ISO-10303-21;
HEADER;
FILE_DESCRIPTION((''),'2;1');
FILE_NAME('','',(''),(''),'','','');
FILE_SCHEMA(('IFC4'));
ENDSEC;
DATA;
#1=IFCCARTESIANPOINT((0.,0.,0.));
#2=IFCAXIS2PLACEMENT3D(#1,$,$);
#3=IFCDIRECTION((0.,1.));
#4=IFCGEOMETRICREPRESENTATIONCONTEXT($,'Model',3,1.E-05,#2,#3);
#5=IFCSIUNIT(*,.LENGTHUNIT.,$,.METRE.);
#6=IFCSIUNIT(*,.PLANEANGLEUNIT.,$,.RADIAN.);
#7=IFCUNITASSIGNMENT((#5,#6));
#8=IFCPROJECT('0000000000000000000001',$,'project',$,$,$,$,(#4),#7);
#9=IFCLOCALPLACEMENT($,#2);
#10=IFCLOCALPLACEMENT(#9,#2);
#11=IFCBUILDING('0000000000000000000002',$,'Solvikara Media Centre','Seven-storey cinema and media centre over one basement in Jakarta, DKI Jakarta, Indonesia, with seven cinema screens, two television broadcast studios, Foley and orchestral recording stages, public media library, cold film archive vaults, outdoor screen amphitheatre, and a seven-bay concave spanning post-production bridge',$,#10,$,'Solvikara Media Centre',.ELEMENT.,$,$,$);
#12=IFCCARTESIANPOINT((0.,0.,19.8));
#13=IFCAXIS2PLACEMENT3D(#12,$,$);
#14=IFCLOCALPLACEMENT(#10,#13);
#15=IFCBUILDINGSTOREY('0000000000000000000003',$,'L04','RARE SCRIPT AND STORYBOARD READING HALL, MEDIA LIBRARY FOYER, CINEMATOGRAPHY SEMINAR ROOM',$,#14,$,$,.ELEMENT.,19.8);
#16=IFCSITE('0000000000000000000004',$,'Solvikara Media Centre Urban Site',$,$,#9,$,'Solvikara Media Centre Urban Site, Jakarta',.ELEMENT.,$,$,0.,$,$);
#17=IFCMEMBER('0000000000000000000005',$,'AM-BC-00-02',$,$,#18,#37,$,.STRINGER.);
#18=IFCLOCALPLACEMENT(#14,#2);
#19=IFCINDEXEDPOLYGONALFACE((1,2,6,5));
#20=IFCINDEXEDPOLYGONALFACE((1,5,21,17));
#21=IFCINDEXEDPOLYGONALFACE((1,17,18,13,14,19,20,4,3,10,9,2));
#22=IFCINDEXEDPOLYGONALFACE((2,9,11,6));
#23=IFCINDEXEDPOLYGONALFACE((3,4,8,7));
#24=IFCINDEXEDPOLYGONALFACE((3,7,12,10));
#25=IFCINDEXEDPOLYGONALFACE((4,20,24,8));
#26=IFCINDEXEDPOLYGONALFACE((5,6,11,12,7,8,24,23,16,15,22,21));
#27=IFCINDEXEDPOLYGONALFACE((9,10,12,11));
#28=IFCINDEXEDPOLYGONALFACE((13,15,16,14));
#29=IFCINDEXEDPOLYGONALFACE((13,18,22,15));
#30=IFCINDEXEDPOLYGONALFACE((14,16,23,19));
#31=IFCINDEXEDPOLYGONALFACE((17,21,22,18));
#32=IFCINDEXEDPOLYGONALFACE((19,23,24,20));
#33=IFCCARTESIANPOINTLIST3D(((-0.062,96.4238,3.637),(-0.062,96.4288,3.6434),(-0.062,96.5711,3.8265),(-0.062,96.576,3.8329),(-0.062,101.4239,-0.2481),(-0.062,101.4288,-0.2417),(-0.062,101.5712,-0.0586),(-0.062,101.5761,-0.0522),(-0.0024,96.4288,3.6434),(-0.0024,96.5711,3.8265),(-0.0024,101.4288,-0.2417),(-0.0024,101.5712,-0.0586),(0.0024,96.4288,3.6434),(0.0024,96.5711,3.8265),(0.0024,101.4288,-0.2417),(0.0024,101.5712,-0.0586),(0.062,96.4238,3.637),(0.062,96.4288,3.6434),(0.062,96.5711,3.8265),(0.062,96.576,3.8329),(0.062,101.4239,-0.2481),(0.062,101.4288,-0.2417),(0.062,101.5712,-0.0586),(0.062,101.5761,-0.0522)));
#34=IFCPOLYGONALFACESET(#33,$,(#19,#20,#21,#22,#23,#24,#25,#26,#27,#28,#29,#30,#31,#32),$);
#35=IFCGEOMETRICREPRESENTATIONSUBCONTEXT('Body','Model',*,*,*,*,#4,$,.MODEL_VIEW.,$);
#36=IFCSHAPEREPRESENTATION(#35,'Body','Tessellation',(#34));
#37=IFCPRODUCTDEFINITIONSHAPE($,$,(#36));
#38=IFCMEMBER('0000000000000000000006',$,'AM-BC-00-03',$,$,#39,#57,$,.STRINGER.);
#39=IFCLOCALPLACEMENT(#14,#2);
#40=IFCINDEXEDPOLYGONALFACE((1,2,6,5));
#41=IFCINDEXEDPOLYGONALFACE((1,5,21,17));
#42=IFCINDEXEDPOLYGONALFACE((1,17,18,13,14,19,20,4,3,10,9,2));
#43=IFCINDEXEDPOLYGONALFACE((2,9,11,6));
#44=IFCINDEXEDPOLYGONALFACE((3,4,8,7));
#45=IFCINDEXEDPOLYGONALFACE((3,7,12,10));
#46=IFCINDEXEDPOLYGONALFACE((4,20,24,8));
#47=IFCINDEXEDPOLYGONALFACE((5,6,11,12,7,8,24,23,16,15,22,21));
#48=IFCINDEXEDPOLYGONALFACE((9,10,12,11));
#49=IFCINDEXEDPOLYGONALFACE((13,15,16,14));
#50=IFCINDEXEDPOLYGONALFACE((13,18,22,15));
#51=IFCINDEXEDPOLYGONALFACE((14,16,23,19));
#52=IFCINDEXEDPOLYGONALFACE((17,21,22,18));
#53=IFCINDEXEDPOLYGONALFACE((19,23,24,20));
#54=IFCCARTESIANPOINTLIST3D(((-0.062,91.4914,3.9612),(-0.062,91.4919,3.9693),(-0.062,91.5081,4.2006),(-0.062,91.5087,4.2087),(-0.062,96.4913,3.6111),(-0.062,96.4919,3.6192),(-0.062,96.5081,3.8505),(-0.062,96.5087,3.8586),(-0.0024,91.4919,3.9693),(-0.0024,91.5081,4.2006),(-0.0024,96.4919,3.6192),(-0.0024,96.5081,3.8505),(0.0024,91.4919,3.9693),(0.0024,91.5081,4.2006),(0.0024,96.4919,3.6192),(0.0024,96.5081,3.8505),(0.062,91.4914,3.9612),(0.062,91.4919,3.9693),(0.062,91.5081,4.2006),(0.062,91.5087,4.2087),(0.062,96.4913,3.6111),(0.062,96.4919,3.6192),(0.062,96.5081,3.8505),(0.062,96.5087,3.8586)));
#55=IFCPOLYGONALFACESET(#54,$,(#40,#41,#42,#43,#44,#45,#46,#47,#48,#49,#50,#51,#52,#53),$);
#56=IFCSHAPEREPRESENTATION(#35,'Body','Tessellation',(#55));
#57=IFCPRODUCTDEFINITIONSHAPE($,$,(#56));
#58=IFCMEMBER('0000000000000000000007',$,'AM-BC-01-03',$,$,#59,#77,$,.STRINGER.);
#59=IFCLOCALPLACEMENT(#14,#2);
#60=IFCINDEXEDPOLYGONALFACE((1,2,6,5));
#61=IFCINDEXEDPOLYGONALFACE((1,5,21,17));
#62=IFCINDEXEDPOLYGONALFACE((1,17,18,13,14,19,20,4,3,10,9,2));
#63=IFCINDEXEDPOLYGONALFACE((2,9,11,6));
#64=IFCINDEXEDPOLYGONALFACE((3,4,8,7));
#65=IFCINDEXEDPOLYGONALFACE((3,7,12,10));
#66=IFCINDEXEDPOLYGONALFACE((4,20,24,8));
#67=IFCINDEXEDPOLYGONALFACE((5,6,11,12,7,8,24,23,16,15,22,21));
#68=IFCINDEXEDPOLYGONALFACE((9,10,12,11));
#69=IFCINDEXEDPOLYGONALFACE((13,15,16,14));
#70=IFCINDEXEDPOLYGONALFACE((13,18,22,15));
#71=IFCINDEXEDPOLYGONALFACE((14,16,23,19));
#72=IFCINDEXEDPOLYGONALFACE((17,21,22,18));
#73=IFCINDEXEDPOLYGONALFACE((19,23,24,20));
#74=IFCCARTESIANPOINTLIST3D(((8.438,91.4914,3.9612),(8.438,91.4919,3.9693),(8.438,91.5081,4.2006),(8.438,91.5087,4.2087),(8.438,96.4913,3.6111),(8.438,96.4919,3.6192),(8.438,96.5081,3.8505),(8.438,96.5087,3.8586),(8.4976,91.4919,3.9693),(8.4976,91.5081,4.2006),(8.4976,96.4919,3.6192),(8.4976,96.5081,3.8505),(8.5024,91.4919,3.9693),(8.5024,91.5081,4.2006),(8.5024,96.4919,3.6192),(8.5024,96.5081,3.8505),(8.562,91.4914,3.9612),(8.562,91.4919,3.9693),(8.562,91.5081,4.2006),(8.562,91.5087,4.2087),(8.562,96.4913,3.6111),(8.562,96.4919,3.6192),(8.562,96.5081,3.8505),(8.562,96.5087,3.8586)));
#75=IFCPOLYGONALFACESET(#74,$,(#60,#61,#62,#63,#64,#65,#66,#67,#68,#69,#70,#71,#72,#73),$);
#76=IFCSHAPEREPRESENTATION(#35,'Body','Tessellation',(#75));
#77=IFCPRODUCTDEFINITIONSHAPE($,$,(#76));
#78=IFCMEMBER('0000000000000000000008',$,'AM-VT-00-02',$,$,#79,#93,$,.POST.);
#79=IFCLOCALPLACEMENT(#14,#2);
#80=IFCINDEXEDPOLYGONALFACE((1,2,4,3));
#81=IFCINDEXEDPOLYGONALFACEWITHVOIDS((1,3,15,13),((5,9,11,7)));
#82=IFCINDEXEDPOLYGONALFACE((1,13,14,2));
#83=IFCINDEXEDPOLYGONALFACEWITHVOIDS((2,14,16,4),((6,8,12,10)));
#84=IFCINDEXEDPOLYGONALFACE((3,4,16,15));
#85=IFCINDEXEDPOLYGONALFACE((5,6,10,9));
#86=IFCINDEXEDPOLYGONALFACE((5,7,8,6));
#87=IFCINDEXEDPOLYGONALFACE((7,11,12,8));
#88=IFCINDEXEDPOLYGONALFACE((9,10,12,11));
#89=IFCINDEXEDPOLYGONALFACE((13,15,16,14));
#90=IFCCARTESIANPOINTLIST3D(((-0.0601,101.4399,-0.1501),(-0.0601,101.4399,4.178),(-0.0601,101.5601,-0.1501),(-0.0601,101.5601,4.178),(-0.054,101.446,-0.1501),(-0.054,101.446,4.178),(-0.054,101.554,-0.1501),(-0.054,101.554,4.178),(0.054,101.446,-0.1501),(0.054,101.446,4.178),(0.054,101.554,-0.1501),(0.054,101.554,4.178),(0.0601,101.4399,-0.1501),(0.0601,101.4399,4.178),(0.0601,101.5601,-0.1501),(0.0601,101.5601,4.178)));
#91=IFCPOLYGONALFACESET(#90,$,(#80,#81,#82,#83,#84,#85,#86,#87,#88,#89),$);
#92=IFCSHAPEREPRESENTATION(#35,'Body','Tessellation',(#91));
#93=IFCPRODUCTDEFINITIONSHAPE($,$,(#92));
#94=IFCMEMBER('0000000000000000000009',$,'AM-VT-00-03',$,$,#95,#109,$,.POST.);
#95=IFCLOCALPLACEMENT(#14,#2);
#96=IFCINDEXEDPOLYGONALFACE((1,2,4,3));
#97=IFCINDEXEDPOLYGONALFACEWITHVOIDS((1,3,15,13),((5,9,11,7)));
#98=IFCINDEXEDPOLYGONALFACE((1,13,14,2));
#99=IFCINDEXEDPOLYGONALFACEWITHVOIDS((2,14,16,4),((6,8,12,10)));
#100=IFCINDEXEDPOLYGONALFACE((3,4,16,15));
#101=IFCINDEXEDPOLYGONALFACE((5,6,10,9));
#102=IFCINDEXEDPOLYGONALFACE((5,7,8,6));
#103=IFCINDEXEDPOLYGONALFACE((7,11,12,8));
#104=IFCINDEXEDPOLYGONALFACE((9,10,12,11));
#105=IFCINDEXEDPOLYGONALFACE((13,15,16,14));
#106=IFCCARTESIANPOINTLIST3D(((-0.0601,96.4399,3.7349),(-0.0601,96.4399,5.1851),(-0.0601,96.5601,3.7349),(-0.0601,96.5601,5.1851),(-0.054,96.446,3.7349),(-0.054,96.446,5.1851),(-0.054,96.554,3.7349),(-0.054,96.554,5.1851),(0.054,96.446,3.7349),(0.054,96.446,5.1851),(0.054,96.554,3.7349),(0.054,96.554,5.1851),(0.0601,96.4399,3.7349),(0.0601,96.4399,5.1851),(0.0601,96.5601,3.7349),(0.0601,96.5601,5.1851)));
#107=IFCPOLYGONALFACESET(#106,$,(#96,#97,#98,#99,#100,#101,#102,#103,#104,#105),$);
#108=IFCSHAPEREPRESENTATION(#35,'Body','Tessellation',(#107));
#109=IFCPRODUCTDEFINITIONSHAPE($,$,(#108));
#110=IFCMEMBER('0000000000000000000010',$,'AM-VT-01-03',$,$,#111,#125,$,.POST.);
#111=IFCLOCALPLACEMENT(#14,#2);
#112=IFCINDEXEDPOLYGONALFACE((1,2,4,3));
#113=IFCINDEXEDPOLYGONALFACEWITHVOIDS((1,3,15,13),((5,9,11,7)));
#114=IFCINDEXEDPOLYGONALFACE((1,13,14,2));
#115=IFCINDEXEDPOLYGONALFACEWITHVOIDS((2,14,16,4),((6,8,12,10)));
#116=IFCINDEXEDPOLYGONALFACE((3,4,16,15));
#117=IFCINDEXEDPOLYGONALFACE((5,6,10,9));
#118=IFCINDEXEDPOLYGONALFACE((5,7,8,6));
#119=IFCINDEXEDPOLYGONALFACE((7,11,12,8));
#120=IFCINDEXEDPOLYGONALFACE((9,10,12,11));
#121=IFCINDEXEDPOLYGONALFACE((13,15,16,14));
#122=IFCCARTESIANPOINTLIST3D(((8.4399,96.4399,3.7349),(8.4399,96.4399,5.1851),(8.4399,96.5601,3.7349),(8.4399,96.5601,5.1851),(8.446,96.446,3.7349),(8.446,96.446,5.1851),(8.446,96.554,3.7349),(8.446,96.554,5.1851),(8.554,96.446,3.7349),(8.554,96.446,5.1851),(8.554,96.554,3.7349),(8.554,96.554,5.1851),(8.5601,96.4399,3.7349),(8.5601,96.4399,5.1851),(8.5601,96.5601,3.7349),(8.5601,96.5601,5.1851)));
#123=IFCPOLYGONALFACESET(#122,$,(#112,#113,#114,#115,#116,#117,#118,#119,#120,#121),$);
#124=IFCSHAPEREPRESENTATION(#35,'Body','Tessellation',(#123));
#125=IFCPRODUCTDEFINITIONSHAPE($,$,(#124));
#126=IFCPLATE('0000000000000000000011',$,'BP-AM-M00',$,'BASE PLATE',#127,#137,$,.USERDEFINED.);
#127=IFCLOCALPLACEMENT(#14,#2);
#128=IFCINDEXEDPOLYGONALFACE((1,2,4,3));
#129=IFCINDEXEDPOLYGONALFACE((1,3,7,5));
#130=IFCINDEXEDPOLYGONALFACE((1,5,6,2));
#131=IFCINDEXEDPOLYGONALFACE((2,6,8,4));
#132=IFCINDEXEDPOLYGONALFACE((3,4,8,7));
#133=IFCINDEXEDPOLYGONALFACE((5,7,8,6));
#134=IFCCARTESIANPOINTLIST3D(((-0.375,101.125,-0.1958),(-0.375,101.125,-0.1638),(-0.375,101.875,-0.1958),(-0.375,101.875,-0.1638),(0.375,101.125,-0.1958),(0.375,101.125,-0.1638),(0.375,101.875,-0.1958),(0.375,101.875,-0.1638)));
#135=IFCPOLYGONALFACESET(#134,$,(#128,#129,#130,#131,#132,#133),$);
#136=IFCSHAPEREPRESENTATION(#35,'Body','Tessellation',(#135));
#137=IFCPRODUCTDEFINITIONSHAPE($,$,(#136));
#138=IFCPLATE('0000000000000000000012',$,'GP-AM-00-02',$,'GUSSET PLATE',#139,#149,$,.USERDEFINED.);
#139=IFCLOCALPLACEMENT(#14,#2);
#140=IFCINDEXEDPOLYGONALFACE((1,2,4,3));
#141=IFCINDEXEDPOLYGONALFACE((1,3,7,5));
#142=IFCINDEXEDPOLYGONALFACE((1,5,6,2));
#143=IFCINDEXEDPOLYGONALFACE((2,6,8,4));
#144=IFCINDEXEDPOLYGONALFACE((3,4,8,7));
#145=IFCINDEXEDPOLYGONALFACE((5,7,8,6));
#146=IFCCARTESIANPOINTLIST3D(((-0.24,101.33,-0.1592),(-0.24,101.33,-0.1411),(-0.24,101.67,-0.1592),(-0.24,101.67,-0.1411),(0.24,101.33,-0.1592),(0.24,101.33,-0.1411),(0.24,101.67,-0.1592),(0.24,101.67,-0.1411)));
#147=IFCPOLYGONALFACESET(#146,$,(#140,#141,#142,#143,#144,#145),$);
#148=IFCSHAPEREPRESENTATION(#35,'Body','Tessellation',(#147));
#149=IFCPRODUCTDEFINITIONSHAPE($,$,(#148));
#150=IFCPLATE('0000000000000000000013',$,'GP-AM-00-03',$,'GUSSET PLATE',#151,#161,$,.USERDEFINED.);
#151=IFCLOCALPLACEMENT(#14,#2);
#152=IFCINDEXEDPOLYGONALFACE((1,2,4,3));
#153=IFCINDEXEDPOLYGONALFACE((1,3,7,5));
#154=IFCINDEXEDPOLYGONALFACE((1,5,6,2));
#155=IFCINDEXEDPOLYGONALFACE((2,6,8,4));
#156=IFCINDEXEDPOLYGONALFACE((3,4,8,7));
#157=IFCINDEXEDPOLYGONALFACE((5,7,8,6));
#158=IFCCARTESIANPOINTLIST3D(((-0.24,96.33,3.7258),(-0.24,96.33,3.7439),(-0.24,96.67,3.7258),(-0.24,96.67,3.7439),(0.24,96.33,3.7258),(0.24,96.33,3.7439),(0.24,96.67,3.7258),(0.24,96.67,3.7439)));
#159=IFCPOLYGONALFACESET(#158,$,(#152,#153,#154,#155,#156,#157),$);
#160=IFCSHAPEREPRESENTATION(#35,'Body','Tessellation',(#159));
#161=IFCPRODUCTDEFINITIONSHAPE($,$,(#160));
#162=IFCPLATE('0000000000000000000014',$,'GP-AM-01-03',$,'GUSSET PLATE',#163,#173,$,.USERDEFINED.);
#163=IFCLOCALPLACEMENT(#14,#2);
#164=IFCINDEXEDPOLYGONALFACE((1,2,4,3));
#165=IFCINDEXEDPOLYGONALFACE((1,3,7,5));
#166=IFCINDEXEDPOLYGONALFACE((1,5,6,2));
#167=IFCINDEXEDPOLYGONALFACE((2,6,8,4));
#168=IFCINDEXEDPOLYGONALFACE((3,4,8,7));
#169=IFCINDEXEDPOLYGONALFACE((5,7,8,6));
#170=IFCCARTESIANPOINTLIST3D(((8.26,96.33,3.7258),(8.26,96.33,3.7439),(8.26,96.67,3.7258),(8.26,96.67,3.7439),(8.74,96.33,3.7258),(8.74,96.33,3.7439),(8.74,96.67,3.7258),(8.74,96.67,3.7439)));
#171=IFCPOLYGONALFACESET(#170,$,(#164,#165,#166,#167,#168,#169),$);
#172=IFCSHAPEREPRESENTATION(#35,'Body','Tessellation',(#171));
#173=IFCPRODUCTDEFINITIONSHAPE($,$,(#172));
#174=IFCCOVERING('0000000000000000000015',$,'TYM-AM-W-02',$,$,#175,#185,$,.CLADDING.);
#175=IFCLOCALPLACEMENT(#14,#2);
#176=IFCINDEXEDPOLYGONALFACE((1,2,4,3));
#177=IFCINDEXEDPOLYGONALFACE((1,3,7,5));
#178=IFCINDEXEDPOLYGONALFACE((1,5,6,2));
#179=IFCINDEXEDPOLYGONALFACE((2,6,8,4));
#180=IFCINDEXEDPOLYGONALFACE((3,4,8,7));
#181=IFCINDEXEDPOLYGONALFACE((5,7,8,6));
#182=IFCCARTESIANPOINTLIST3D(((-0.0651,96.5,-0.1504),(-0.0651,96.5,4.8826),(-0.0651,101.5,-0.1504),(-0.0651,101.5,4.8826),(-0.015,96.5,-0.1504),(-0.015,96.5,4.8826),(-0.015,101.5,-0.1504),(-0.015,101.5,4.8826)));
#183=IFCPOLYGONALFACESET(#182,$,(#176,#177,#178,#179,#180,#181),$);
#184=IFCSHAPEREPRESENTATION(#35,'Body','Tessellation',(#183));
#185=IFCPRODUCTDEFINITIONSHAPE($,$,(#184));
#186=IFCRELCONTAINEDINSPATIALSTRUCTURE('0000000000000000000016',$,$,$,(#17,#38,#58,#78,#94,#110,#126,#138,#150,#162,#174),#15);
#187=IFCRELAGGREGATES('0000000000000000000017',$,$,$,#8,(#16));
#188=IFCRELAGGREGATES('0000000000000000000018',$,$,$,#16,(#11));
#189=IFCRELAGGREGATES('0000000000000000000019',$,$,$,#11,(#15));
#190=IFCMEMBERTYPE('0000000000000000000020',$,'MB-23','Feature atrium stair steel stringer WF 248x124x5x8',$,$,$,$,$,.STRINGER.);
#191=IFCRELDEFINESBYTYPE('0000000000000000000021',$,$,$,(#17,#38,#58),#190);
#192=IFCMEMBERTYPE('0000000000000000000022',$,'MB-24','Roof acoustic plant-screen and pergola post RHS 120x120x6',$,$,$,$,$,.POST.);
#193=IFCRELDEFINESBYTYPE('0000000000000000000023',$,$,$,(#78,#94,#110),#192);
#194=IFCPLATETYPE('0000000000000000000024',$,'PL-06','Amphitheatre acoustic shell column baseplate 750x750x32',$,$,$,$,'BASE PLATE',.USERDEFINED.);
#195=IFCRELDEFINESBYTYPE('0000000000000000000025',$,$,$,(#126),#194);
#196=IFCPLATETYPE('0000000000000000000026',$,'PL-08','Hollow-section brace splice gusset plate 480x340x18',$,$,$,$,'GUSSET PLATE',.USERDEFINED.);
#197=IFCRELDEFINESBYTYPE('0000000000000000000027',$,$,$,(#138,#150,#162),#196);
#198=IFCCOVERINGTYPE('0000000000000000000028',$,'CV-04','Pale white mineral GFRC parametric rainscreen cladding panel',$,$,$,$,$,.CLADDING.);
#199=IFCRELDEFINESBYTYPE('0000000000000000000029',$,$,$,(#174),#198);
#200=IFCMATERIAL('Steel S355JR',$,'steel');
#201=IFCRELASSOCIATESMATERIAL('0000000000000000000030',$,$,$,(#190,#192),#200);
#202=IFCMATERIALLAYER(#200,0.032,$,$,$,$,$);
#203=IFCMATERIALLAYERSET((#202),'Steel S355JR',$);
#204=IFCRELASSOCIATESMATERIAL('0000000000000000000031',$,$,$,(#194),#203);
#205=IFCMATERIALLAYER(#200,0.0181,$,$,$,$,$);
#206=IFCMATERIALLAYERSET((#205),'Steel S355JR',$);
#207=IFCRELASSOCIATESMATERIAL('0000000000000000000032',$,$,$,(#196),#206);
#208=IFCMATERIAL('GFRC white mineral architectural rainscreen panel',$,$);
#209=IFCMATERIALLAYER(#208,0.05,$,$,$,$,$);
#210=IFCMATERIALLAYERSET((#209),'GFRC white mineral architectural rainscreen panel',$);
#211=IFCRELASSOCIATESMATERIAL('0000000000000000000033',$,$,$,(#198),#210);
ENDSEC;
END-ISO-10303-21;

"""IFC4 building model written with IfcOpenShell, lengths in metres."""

from ifc_helpers import new_model, si_unit, direction, frame, origin, origin_2d, place, context, subcontext, project, spatial, rectangle, hollow_rectangle, i_section, extrude, material, layer, layer_set, material_profile, profile_set, type_object, element, save


model = new_model("IFC4")

# Units and contexts
model_context = context("Model", 3, precision=1e-05, world=origin(), true_north=direction((0.0, 1.0)))
body_context = subcontext(model_context, "Body", "Model", "MODEL_VIEW")
ifc_project = project(units=[si_unit("LENGTHUNIT", "METRE"), si_unit("PLANEANGLEUNIT", "RADIAN")], contexts=[model_context])

# Site, building, storey
site_placement = place(None, origin())
site = spatial("IfcSite", under=ifc_project, at=site_placement, Name="Solvikara Media Centre Urban Site", LongName="Solvikara Media Centre Urban Site, Jakarta", CompositionType="ELEMENT", RefElevation=0.0)
building_placement = place(site_placement, origin())
building = spatial("IfcBuilding", under=site, at=building_placement, Name="Solvikara Media Centre", Description="Seven-storey cinema and media centre over one basement in Jakarta, DKI Jakarta, Indonesia, with seven cinema screens, two television broadcast studios, Foley and orchestral recording stages, public media library, cold film archive vaults, outdoor screen amphitheatre, and a seven-bay concave spanning post-production bridge", LongName="Solvikara Media Centre", CompositionType="ELEMENT")
storey_placement = place(building_placement, frame((0.0, 0.0, 19.8)))
storey = spatial("IfcBuildingStorey", under=building, at=storey_placement, Name="L04", Description="RARE SCRIPT AND STORYBOARD READING HALL, MEDIA LIBRARY FOYER, CINEMATOGRAPHY SEMINAR ROOM", CompositionType="ELEMENT", Elevation=19.8)

# Shared definitions
ifc_material_1 = material(Name="Steel S355JR", Category="steel")

# Members
ifc_material_profile_1 = material_profile(ifc_material_1, i_section(OverallWidth=0.124, OverallDepth=0.248, WebThickness=0.0049, FlangeThickness=0.0081, at=origin_2d()), Name="WF 248x124x5x8")
ifc_profile_set_1 = profile_set([ifc_material_profile_1], Name="Steel S355JR")
member_type_1 = type_object("IfcMemberType", Name="MB-23", Description="Feature atrium stair steel stringer WF 248x124x5x8", PredefinedType="STRINGER", material=ifc_profile_set_1)
member_1_placement = place(storey_placement, frame((0.0, 101.5, -0.1501), z_axis=(0.0, -0.789649, 0.613559), x_axis=(1.0, 0.0, 0.0)))
element("IfcMember", 1, at=member_1_placement, inside=storey, type_object=member_type_1, Name="AM-BC-00-02", PredefinedType="STRINGER", context=body_context, shape_type="SweptSolid", body=[
    extrude(i_section(OverallWidth=0.124, OverallDepth=0.248, WebThickness=0.0049, FlangeThickness=0.0081, at=origin_2d()), origin(), (0.0, 0.0, 1.0), 6.332),
])
for number, where, z_axis, x_axis, name in (
    (2, (0.0, 96.5, 3.7349), (0.0, -0.997558, 0.069849), (1.0, 0.0, 0.0), "AM-BC-00-03"),
    (3, (8.5, 96.5, 3.7349), (0.0, -0.997558, 0.069849), (1.0, 0.0, 0.0), "AM-BC-01-03"),
):
    element("IfcMember", number, at=place(storey_placement, frame(where, z_axis=z_axis, x_axis=x_axis)), inside=storey, type_object=member_type_1, Name=name, PredefinedType="STRINGER", context=body_context, shape_type="SweptSolid", body=[
        extrude(i_section(OverallWidth=0.124, OverallDepth=0.248, WebThickness=0.0049, FlangeThickness=0.0081, at=origin_2d()), origin(), (0.0, 0.0, 1.0), 5.0122),
    ])
ifc_material_profile_2 = material_profile(ifc_material_1, hollow_rectangle(XDim=0.1201, YDim=0.1201, WallThickness=0.0061, at=origin_2d()), Name="RHS 120x120x6")
ifc_profile_set_2 = profile_set([ifc_material_profile_2], Name="Steel S355JR")
member_type_2 = type_object("IfcMemberType", Name="MB-24", Description="Roof acoustic plant-screen and pergola post RHS 120x120x6", PredefinedType="POST", material=ifc_profile_set_2)
member_2_placement = place(storey_placement, frame((0.0, 101.5, -0.1501), z_axis=(0.0, 0.0, 1.0), x_axis=(1.0, 0.0, 0.0)))
element("IfcMember", 4, at=member_2_placement, inside=storey, type_object=member_type_2, Name="AM-VT-00-02", PredefinedType="POST", context=body_context, shape_type="SweptSolid", body=[
    extrude(hollow_rectangle(XDim=0.1201, YDim=0.1201, WallThickness=0.0061, at=origin_2d()), origin(), (0.0, 0.0, 1.0), 4.3281),
])
for number, where, z_axis, x_axis, name in (
    (5, (0.0, 96.5, 3.7349), (0.0, 0.0, 1.0), (1.0, 0.0, 0.0), "AM-VT-00-03"),
    (6, (8.5, 96.5, 3.7349), (0.0, 0.0, 1.0), (1.0, 0.0, 0.0), "AM-VT-01-03"),
):
    element("IfcMember", number, at=place(storey_placement, frame(where, z_axis=z_axis, x_axis=x_axis)), inside=storey, type_object=member_type_2, Name=name, PredefinedType="POST", context=body_context, shape_type="SweptSolid", body=[
        extrude(hollow_rectangle(XDim=0.1201, YDim=0.1201, WallThickness=0.0061, at=origin_2d()), origin(), (0.0, 0.0, 1.0), 1.4502),
    ])

# Plates
ifc_layer_1 = layer(ifc_material_1, 0.032)
ifc_layer_set_1 = layer_set([ifc_layer_1], Name="Steel S355JR")
plate_type_1 = type_object("IfcPlateType", Name="PL-06", Description="Amphitheatre acoustic shell column baseplate 750x750x32", ElementType="BASE PLATE", PredefinedType="USERDEFINED", material=ifc_layer_set_1)
plate_placement = place(storey_placement, frame((0.0, 101.5, -0.1958), z_axis=(0.0, 0.0, 1.0), x_axis=(1.0, 0.0, 0.0)))
element("IfcPlate", 7, at=plate_placement, inside=storey, type_object=plate_type_1, Name="BP-AM-M00", ObjectType="BASE PLATE", PredefinedType="USERDEFINED", context=body_context, shape_type="SweptSolid", body=[
    extrude(rectangle(XDim=0.75, YDim=0.75, at=origin_2d()), origin(), (0.0, 0.0, 1.0), 0.032),
])
ifc_layer_2 = layer(ifc_material_1, 0.0181)
ifc_layer_set_2 = layer_set([ifc_layer_2], Name="Steel S355JR")
plate_type_2 = type_object("IfcPlateType", Name="PL-08", Description="Hollow-section brace splice gusset plate 480x340x18", ElementType="GUSSET PLATE", PredefinedType="USERDEFINED", material=ifc_layer_set_2)
for number, where, z_axis, x_axis, name in (
    (8, (0.0, 101.5, -0.1592), (0.0, 0.0, 1.0), (1.0, 0.0, 0.0), "GP-AM-00-02"),
    (9, (0.0, 96.5, 3.7258), (0.0, 0.0, 1.0), (1.0, 0.0, 0.0), "GP-AM-00-03"),
    (10, (8.5, 96.5, 3.7258), (0.0, 0.0, 1.0), (1.0, 0.0, 0.0), "GP-AM-01-03"),
):
    element("IfcPlate", number, at=place(storey_placement, frame(where, z_axis=z_axis, x_axis=x_axis)), inside=storey, type_object=plate_type_2, Name=name, ObjectType="GUSSET PLATE", PredefinedType="USERDEFINED", context=body_context, shape_type="SweptSolid", body=[
        extrude(rectangle(XDim=0.48, YDim=0.3401, at=origin_2d()), origin(), (0.0, 0.0, 1.0), 0.0181),
    ])

# Covering
ifc_material_2 = material(Name="GFRC white mineral architectural rainscreen panel")
ifc_layer_3 = layer(ifc_material_2, 0.05)
ifc_layer_set_3 = layer_set([ifc_layer_3], Name="GFRC white mineral architectural rainscreen panel")
covering_type = type_object("IfcCoveringType", Name="CV-04", Description="Pale white mineral GFRC parametric rainscreen cladding panel", PredefinedType="CLADDING", material=ifc_layer_set_3)
covering_placement = place(storey_placement, frame((-0.04, 99.0, -0.1504), z_axis=(0.0, 0.0, 1.0), x_axis=(0.0, -1.0, 0.0)))
element("IfcCovering", 11, at=covering_placement, inside=storey, type_object=covering_type, Name="TYM-AM-W-02", PredefinedType="CLADDING", context=body_context, shape_type="SweptSolid", body=[
    extrude(rectangle(XDim=5.0, YDim=0.05, at=origin_2d()), origin(), (0.0, 0.0, 1.0), 5.033),
])

save(model, "model.ifc")
